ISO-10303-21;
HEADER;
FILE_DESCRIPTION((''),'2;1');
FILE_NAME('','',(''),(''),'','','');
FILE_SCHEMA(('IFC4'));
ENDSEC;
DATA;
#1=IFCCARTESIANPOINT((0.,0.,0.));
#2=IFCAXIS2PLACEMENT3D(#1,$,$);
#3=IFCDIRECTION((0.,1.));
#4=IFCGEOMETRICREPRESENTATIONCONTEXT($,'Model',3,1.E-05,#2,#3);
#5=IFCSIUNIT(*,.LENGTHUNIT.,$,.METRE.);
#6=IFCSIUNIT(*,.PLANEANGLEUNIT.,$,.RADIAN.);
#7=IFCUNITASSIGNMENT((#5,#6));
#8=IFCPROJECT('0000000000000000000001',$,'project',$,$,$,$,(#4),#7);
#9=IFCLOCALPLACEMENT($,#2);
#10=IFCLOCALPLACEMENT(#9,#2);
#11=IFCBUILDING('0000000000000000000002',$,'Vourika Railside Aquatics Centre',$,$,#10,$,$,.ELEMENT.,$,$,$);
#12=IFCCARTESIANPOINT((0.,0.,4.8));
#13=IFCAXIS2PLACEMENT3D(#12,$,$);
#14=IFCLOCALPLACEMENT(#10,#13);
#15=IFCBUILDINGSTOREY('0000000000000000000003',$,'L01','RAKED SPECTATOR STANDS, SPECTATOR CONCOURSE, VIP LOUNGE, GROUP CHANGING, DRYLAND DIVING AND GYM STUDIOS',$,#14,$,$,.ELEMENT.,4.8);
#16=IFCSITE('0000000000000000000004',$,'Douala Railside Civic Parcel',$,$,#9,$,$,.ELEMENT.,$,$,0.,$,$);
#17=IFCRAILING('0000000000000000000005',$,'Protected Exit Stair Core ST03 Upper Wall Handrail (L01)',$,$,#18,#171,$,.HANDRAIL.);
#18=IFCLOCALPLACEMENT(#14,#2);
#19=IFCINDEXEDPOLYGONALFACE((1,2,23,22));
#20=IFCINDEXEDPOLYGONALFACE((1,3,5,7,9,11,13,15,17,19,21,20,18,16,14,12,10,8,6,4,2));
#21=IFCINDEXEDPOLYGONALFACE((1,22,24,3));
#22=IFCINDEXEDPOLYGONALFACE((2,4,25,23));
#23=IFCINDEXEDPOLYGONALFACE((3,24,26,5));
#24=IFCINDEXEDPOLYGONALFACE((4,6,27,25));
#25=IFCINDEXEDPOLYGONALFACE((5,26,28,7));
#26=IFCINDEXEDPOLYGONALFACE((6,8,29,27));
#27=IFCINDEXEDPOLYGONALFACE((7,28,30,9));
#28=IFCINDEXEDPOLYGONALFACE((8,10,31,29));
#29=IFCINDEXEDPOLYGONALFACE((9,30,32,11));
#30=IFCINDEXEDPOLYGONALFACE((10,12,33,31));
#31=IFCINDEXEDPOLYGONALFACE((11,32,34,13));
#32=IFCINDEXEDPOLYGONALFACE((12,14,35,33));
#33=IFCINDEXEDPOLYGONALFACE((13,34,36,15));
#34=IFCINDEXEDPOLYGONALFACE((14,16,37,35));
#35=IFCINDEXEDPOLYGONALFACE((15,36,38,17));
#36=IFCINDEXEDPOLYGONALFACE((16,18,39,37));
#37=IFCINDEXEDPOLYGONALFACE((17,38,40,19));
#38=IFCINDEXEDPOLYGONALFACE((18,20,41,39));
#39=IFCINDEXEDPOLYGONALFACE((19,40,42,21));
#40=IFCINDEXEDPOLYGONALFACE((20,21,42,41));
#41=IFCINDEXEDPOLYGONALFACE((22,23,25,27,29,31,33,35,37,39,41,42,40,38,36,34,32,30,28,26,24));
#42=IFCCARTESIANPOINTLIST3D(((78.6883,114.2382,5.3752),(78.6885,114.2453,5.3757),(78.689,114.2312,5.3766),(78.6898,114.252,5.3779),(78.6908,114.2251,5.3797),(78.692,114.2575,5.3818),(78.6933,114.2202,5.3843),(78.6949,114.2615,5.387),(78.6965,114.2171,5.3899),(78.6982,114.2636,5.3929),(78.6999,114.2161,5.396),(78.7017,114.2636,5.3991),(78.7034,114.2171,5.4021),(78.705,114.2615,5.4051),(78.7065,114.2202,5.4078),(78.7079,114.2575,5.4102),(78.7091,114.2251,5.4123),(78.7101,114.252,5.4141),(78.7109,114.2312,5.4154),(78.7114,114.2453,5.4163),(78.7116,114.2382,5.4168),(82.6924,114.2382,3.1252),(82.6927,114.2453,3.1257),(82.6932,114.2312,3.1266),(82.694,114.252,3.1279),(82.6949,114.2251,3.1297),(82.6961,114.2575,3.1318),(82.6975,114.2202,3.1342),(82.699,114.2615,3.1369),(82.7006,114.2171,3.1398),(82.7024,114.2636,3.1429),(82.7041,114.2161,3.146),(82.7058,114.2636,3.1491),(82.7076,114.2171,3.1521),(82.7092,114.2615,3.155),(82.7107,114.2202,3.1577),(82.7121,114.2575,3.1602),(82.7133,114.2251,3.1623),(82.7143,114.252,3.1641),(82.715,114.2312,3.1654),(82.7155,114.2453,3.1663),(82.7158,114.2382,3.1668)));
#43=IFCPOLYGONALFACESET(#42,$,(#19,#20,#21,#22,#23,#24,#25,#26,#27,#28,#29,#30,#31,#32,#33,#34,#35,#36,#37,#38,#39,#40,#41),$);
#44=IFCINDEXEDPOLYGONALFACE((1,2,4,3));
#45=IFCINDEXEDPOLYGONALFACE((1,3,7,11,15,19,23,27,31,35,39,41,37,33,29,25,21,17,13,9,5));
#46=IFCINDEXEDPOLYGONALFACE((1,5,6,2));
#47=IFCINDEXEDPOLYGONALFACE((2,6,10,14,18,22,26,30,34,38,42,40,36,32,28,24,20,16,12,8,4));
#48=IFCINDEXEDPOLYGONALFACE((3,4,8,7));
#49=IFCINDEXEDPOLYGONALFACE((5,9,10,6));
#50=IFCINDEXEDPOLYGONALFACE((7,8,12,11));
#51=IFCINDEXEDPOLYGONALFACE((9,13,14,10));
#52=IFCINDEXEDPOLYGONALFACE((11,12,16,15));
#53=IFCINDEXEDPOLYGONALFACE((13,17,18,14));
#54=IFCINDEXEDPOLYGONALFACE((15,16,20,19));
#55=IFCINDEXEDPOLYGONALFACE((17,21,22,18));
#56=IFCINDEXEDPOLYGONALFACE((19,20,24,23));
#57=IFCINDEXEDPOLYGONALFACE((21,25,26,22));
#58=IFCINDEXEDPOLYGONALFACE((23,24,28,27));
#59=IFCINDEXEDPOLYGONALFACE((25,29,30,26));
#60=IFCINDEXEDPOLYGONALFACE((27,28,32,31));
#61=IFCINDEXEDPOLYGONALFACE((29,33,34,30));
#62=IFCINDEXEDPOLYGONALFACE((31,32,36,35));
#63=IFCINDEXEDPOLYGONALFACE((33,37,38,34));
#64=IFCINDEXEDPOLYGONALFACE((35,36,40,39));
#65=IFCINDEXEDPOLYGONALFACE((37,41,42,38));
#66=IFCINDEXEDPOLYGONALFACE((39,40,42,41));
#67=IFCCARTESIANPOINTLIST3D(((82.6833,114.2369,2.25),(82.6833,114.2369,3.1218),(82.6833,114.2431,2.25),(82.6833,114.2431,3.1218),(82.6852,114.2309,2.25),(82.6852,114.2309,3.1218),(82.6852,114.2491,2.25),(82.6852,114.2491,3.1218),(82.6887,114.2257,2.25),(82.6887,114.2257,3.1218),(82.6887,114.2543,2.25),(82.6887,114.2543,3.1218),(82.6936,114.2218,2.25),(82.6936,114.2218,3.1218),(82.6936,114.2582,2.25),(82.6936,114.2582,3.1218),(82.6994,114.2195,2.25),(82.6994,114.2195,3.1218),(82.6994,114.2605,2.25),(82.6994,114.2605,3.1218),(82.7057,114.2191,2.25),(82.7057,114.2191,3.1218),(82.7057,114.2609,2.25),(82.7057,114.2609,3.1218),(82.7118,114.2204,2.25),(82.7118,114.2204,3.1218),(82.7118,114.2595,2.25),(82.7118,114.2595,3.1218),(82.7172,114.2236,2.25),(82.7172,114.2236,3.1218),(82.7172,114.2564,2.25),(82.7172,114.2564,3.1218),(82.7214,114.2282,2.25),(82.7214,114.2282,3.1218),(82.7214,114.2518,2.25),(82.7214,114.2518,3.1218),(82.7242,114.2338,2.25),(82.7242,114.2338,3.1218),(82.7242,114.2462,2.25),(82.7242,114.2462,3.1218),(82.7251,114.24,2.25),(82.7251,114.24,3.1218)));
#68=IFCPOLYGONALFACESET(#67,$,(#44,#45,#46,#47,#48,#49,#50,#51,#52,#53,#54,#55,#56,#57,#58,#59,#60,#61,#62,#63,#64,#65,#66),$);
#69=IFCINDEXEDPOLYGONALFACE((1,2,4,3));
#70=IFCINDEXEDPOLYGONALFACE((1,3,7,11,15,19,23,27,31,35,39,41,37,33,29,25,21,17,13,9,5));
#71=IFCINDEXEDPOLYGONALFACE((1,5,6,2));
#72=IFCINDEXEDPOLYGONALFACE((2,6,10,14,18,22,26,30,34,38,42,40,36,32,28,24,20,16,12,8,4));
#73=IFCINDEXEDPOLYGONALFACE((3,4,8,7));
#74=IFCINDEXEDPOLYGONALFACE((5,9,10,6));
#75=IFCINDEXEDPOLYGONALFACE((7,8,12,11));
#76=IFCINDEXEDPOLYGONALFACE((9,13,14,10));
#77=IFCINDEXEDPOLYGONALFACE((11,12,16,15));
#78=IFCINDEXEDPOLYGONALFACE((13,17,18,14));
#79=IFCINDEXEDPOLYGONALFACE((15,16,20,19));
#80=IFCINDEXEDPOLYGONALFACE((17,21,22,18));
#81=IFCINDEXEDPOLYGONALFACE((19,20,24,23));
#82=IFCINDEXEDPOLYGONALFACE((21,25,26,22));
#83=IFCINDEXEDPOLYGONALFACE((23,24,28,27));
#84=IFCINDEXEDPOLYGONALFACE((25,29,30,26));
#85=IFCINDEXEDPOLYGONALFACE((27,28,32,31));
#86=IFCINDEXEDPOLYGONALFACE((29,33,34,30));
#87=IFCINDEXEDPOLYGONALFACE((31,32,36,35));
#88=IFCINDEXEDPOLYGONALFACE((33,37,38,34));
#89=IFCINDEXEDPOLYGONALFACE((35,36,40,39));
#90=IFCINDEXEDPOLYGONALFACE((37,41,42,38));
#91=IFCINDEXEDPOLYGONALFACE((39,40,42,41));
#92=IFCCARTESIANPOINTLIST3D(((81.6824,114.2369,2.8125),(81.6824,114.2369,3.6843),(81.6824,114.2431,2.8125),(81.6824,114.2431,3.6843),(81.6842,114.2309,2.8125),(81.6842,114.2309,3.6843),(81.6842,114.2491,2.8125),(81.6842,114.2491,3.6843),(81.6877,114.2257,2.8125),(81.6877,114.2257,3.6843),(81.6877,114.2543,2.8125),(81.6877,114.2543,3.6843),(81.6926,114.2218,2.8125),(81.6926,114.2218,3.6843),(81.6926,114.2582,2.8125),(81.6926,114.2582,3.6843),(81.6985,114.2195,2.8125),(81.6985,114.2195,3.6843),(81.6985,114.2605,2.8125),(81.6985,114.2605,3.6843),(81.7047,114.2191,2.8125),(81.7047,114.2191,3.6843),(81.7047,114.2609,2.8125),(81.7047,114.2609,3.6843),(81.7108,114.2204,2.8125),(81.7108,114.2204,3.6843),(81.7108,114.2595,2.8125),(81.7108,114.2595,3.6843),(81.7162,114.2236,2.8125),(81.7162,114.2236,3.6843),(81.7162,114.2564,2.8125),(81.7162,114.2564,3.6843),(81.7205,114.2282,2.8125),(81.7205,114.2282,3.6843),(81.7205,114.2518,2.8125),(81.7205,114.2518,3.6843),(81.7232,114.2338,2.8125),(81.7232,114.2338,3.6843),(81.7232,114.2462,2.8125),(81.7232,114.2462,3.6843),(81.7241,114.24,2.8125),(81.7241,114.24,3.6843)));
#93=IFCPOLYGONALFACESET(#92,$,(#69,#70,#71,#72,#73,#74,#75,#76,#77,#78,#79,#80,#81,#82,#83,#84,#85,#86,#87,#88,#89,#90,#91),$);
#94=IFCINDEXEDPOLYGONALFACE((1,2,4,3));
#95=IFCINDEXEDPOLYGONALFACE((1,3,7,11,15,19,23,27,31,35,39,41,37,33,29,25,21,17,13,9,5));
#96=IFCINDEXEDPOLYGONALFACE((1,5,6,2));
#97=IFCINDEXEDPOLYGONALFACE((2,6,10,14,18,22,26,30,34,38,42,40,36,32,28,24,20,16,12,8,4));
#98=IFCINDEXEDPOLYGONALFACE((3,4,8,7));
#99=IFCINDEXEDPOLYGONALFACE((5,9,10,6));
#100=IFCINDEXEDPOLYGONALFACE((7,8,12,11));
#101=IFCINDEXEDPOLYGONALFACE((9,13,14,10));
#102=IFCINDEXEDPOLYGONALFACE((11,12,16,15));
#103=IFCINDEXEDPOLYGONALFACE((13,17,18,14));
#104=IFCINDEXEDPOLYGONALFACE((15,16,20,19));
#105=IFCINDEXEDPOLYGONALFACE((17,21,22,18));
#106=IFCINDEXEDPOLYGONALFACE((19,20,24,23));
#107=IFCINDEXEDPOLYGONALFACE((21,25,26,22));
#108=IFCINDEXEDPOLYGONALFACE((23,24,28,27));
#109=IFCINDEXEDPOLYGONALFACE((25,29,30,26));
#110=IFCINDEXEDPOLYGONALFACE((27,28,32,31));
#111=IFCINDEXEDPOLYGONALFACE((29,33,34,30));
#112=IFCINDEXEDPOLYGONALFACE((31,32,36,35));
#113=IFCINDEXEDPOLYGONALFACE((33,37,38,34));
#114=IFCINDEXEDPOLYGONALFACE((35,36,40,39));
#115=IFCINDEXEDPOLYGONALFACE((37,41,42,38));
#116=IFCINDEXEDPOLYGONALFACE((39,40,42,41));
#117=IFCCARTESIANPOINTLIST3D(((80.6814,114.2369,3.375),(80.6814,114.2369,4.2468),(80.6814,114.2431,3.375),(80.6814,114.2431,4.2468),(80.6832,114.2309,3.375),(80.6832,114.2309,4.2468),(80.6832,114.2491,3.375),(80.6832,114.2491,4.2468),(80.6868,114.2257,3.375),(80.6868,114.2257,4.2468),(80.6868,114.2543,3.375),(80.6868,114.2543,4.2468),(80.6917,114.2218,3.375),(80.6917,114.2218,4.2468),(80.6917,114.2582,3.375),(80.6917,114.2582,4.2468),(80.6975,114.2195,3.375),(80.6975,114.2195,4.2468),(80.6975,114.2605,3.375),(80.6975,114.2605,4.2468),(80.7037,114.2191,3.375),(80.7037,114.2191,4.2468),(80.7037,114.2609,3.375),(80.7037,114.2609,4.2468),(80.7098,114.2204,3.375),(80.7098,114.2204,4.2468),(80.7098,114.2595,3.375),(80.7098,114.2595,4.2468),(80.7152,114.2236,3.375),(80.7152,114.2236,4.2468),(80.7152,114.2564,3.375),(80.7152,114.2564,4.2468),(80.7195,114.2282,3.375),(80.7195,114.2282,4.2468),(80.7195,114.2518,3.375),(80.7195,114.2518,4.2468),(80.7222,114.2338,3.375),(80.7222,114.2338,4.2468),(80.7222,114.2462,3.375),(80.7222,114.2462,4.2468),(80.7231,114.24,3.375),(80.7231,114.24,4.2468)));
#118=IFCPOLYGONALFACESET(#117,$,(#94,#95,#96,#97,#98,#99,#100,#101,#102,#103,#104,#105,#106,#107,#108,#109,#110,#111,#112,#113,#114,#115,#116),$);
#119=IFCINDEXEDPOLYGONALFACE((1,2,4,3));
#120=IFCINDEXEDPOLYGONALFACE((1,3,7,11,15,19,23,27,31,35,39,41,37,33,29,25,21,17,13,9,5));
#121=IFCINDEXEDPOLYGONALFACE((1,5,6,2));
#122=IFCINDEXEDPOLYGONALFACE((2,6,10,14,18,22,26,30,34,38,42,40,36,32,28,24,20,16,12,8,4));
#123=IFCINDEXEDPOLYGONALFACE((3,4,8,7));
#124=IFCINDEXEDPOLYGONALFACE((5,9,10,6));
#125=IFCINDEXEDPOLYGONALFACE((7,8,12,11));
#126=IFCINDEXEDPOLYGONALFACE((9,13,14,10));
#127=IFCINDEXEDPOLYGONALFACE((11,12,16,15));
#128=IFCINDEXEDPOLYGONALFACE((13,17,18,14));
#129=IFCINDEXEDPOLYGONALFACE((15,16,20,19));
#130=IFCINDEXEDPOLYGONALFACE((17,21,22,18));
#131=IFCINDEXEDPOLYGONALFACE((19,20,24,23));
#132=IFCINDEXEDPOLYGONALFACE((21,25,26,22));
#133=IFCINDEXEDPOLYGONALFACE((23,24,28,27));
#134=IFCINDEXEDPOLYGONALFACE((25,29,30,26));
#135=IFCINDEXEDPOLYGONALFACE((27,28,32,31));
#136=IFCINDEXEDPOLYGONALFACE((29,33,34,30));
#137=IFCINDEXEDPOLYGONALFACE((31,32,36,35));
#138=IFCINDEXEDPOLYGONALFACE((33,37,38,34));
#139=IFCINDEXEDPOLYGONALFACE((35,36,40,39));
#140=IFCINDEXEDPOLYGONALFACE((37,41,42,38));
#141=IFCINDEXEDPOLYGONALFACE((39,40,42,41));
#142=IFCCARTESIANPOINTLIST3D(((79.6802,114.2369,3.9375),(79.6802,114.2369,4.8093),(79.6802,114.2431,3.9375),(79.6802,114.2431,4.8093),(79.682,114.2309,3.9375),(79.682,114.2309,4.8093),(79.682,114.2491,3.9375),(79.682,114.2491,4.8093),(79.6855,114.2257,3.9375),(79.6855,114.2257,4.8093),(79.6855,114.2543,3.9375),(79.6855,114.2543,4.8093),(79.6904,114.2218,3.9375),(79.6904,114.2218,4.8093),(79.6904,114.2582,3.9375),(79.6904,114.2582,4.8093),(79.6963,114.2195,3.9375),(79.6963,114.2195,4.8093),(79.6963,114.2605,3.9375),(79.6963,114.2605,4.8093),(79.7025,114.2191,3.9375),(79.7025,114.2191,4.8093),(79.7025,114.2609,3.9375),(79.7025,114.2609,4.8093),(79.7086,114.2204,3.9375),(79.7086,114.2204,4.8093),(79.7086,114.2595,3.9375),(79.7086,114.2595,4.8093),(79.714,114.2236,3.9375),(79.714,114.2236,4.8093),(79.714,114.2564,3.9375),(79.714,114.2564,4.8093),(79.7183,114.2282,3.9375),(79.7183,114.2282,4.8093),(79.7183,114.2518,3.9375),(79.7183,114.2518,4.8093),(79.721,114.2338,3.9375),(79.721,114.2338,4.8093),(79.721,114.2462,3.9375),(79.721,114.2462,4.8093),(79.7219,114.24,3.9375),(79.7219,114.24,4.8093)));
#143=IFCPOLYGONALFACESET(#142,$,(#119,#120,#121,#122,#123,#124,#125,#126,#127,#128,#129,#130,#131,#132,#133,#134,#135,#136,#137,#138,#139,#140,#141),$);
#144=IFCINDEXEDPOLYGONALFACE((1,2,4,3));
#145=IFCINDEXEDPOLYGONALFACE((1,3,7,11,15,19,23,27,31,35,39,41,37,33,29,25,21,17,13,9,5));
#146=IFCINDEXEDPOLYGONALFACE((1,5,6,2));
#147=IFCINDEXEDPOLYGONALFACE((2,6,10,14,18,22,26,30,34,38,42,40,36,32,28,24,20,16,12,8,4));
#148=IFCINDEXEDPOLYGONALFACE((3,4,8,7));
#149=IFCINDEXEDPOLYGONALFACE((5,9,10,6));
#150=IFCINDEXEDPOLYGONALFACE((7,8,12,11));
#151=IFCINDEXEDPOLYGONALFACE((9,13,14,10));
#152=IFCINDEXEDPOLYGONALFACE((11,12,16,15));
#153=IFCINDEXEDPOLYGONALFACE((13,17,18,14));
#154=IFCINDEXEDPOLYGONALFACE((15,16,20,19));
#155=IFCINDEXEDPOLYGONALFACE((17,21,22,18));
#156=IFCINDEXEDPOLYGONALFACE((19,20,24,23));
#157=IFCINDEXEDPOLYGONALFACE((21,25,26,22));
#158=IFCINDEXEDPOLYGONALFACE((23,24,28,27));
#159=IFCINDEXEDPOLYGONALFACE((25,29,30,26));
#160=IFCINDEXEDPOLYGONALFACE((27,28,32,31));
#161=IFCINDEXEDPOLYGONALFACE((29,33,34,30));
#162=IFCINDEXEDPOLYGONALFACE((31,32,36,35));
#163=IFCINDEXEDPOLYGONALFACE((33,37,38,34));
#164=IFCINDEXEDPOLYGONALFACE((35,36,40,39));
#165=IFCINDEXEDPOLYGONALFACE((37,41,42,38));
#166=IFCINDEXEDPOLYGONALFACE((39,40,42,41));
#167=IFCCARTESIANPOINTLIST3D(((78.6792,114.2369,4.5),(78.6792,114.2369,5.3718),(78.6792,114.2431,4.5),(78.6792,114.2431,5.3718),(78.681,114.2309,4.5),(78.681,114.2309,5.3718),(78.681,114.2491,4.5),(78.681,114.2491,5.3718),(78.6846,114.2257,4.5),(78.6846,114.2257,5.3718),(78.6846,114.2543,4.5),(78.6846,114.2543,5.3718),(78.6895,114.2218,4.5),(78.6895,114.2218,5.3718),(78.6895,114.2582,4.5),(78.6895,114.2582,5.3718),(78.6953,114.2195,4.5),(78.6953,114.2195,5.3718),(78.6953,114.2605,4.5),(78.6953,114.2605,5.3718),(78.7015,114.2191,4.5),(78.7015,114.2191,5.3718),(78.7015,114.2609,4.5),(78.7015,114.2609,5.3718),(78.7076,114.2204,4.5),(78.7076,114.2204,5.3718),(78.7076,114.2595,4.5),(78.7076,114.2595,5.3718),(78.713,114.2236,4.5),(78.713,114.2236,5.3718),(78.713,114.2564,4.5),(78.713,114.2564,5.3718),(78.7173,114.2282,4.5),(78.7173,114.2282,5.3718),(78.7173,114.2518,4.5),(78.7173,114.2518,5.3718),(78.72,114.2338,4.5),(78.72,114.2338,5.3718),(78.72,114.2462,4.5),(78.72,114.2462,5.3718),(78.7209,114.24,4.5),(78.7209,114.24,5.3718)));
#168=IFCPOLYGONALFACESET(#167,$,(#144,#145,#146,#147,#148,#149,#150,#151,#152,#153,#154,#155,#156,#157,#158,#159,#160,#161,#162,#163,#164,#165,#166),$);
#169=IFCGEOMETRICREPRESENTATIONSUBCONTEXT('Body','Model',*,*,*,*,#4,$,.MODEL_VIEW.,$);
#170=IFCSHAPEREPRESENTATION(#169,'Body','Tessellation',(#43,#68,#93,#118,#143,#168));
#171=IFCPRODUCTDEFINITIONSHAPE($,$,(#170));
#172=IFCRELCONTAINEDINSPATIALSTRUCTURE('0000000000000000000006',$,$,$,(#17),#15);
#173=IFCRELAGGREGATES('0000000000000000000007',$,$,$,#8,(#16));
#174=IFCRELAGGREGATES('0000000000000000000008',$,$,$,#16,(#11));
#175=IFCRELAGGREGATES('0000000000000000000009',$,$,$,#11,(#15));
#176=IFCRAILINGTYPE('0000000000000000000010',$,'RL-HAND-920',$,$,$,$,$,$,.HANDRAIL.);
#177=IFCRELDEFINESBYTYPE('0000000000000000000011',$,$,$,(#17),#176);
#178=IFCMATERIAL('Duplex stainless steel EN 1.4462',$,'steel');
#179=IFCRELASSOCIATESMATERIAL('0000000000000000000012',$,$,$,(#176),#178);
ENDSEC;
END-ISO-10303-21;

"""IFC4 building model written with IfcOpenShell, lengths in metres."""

from ifc_helpers import new_model, si_unit, direction, frame, origin, origin_2d, place, context, subcontext, project, spatial, circle, extrude, material, type_object, element, save


model = new_model("IFC4")

# Units and contexts
model_context = context("Model", 3, precision=1e-05, world=origin(), true_north=direction((0.0, 1.0)))
body_context = subcontext(model_context, "Body", "Model", "MODEL_VIEW")
ifc_project = project(units=[si_unit("LENGTHUNIT", "METRE"), si_unit("PLANEANGLEUNIT", "RADIAN")], contexts=[model_context])

# Site, building, storey
site_placement = place(None, origin())
site = spatial("IfcSite", under=ifc_project, at=site_placement, Name="Douala Railside Civic Parcel", CompositionType="ELEMENT", RefElevation=0.0)
building_placement = place(site_placement, origin())
building = spatial("IfcBuilding", under=site, at=building_placement, Name="Vourika Railside Aquatics Centre", CompositionType="ELEMENT")
storey_placement = place(building_placement, frame((0.0, 0.0, 4.8)))
storey = spatial("IfcBuildingStorey", under=building, at=storey_placement, Name="L01", Description="RAKED SPECTATOR STANDS, SPECTATOR CONCOURSE, VIP LOUNGE, GROUP CHANGING, DRYLAND DIVING AND GYM STUDIOS", CompositionType="ELEMENT", Elevation=4.8)

# Railing
ifc_material_1 = material(Name="Duplex stainless steel EN 1.4462", Category="steel")
railing_type_1 = type_object("IfcRailingType", Name="RL-HAND-920", PredefinedType="HANDRAIL", material=ifc_material_1)
railing_1_placement = place(storey_placement, frame((82.7041, 114.24, 2.25)))
element("IfcRailing", 1, at=railing_1_placement, inside=storey, type_object=railing_type_1, Name="Protected Exit Stair Core ST03 Upper Wall Handrail (L01)", PredefinedType="HANDRAIL", context=body_context, shape_type="SweptSolid", body=[
    extrude(circle(Radius=0.0239, at=origin_2d()), frame((0.0, 0.0, 0.896), z_axis=(-0.871793, 0.0, 0.489875), x_axis=(0.0, -1.0, 0.0)), (0.0, 0.0, 1.0), 4.593),
    extrude(circle(Radius=0.021, at=origin_2d()), origin(), (0.0, 0.0, 1.0), 0.8718),
    extrude(circle(Radius=0.021, at=origin_2d()), frame((-1.001, 0.0, 0.5625)), (0.0, 0.0, 1.0), 0.8718),
    extrude(circle(Radius=0.021, at=origin_2d()), frame((-2.002, 0.0, 1.125)), (0.0, 0.0, 1.0), 0.8718),
    extrude(circle(Radius=0.021, at=origin_2d()), frame((-3.0032, 0.0, 1.6875)), (0.0, 0.0, 1.0), 0.8718),
    extrude(circle(Radius=0.021, at=origin_2d()), frame((-4.0042, 0.0, 2.25)), (0.0, 0.0, 1.0), 0.8718),
])

save(model, "model.ifc")
